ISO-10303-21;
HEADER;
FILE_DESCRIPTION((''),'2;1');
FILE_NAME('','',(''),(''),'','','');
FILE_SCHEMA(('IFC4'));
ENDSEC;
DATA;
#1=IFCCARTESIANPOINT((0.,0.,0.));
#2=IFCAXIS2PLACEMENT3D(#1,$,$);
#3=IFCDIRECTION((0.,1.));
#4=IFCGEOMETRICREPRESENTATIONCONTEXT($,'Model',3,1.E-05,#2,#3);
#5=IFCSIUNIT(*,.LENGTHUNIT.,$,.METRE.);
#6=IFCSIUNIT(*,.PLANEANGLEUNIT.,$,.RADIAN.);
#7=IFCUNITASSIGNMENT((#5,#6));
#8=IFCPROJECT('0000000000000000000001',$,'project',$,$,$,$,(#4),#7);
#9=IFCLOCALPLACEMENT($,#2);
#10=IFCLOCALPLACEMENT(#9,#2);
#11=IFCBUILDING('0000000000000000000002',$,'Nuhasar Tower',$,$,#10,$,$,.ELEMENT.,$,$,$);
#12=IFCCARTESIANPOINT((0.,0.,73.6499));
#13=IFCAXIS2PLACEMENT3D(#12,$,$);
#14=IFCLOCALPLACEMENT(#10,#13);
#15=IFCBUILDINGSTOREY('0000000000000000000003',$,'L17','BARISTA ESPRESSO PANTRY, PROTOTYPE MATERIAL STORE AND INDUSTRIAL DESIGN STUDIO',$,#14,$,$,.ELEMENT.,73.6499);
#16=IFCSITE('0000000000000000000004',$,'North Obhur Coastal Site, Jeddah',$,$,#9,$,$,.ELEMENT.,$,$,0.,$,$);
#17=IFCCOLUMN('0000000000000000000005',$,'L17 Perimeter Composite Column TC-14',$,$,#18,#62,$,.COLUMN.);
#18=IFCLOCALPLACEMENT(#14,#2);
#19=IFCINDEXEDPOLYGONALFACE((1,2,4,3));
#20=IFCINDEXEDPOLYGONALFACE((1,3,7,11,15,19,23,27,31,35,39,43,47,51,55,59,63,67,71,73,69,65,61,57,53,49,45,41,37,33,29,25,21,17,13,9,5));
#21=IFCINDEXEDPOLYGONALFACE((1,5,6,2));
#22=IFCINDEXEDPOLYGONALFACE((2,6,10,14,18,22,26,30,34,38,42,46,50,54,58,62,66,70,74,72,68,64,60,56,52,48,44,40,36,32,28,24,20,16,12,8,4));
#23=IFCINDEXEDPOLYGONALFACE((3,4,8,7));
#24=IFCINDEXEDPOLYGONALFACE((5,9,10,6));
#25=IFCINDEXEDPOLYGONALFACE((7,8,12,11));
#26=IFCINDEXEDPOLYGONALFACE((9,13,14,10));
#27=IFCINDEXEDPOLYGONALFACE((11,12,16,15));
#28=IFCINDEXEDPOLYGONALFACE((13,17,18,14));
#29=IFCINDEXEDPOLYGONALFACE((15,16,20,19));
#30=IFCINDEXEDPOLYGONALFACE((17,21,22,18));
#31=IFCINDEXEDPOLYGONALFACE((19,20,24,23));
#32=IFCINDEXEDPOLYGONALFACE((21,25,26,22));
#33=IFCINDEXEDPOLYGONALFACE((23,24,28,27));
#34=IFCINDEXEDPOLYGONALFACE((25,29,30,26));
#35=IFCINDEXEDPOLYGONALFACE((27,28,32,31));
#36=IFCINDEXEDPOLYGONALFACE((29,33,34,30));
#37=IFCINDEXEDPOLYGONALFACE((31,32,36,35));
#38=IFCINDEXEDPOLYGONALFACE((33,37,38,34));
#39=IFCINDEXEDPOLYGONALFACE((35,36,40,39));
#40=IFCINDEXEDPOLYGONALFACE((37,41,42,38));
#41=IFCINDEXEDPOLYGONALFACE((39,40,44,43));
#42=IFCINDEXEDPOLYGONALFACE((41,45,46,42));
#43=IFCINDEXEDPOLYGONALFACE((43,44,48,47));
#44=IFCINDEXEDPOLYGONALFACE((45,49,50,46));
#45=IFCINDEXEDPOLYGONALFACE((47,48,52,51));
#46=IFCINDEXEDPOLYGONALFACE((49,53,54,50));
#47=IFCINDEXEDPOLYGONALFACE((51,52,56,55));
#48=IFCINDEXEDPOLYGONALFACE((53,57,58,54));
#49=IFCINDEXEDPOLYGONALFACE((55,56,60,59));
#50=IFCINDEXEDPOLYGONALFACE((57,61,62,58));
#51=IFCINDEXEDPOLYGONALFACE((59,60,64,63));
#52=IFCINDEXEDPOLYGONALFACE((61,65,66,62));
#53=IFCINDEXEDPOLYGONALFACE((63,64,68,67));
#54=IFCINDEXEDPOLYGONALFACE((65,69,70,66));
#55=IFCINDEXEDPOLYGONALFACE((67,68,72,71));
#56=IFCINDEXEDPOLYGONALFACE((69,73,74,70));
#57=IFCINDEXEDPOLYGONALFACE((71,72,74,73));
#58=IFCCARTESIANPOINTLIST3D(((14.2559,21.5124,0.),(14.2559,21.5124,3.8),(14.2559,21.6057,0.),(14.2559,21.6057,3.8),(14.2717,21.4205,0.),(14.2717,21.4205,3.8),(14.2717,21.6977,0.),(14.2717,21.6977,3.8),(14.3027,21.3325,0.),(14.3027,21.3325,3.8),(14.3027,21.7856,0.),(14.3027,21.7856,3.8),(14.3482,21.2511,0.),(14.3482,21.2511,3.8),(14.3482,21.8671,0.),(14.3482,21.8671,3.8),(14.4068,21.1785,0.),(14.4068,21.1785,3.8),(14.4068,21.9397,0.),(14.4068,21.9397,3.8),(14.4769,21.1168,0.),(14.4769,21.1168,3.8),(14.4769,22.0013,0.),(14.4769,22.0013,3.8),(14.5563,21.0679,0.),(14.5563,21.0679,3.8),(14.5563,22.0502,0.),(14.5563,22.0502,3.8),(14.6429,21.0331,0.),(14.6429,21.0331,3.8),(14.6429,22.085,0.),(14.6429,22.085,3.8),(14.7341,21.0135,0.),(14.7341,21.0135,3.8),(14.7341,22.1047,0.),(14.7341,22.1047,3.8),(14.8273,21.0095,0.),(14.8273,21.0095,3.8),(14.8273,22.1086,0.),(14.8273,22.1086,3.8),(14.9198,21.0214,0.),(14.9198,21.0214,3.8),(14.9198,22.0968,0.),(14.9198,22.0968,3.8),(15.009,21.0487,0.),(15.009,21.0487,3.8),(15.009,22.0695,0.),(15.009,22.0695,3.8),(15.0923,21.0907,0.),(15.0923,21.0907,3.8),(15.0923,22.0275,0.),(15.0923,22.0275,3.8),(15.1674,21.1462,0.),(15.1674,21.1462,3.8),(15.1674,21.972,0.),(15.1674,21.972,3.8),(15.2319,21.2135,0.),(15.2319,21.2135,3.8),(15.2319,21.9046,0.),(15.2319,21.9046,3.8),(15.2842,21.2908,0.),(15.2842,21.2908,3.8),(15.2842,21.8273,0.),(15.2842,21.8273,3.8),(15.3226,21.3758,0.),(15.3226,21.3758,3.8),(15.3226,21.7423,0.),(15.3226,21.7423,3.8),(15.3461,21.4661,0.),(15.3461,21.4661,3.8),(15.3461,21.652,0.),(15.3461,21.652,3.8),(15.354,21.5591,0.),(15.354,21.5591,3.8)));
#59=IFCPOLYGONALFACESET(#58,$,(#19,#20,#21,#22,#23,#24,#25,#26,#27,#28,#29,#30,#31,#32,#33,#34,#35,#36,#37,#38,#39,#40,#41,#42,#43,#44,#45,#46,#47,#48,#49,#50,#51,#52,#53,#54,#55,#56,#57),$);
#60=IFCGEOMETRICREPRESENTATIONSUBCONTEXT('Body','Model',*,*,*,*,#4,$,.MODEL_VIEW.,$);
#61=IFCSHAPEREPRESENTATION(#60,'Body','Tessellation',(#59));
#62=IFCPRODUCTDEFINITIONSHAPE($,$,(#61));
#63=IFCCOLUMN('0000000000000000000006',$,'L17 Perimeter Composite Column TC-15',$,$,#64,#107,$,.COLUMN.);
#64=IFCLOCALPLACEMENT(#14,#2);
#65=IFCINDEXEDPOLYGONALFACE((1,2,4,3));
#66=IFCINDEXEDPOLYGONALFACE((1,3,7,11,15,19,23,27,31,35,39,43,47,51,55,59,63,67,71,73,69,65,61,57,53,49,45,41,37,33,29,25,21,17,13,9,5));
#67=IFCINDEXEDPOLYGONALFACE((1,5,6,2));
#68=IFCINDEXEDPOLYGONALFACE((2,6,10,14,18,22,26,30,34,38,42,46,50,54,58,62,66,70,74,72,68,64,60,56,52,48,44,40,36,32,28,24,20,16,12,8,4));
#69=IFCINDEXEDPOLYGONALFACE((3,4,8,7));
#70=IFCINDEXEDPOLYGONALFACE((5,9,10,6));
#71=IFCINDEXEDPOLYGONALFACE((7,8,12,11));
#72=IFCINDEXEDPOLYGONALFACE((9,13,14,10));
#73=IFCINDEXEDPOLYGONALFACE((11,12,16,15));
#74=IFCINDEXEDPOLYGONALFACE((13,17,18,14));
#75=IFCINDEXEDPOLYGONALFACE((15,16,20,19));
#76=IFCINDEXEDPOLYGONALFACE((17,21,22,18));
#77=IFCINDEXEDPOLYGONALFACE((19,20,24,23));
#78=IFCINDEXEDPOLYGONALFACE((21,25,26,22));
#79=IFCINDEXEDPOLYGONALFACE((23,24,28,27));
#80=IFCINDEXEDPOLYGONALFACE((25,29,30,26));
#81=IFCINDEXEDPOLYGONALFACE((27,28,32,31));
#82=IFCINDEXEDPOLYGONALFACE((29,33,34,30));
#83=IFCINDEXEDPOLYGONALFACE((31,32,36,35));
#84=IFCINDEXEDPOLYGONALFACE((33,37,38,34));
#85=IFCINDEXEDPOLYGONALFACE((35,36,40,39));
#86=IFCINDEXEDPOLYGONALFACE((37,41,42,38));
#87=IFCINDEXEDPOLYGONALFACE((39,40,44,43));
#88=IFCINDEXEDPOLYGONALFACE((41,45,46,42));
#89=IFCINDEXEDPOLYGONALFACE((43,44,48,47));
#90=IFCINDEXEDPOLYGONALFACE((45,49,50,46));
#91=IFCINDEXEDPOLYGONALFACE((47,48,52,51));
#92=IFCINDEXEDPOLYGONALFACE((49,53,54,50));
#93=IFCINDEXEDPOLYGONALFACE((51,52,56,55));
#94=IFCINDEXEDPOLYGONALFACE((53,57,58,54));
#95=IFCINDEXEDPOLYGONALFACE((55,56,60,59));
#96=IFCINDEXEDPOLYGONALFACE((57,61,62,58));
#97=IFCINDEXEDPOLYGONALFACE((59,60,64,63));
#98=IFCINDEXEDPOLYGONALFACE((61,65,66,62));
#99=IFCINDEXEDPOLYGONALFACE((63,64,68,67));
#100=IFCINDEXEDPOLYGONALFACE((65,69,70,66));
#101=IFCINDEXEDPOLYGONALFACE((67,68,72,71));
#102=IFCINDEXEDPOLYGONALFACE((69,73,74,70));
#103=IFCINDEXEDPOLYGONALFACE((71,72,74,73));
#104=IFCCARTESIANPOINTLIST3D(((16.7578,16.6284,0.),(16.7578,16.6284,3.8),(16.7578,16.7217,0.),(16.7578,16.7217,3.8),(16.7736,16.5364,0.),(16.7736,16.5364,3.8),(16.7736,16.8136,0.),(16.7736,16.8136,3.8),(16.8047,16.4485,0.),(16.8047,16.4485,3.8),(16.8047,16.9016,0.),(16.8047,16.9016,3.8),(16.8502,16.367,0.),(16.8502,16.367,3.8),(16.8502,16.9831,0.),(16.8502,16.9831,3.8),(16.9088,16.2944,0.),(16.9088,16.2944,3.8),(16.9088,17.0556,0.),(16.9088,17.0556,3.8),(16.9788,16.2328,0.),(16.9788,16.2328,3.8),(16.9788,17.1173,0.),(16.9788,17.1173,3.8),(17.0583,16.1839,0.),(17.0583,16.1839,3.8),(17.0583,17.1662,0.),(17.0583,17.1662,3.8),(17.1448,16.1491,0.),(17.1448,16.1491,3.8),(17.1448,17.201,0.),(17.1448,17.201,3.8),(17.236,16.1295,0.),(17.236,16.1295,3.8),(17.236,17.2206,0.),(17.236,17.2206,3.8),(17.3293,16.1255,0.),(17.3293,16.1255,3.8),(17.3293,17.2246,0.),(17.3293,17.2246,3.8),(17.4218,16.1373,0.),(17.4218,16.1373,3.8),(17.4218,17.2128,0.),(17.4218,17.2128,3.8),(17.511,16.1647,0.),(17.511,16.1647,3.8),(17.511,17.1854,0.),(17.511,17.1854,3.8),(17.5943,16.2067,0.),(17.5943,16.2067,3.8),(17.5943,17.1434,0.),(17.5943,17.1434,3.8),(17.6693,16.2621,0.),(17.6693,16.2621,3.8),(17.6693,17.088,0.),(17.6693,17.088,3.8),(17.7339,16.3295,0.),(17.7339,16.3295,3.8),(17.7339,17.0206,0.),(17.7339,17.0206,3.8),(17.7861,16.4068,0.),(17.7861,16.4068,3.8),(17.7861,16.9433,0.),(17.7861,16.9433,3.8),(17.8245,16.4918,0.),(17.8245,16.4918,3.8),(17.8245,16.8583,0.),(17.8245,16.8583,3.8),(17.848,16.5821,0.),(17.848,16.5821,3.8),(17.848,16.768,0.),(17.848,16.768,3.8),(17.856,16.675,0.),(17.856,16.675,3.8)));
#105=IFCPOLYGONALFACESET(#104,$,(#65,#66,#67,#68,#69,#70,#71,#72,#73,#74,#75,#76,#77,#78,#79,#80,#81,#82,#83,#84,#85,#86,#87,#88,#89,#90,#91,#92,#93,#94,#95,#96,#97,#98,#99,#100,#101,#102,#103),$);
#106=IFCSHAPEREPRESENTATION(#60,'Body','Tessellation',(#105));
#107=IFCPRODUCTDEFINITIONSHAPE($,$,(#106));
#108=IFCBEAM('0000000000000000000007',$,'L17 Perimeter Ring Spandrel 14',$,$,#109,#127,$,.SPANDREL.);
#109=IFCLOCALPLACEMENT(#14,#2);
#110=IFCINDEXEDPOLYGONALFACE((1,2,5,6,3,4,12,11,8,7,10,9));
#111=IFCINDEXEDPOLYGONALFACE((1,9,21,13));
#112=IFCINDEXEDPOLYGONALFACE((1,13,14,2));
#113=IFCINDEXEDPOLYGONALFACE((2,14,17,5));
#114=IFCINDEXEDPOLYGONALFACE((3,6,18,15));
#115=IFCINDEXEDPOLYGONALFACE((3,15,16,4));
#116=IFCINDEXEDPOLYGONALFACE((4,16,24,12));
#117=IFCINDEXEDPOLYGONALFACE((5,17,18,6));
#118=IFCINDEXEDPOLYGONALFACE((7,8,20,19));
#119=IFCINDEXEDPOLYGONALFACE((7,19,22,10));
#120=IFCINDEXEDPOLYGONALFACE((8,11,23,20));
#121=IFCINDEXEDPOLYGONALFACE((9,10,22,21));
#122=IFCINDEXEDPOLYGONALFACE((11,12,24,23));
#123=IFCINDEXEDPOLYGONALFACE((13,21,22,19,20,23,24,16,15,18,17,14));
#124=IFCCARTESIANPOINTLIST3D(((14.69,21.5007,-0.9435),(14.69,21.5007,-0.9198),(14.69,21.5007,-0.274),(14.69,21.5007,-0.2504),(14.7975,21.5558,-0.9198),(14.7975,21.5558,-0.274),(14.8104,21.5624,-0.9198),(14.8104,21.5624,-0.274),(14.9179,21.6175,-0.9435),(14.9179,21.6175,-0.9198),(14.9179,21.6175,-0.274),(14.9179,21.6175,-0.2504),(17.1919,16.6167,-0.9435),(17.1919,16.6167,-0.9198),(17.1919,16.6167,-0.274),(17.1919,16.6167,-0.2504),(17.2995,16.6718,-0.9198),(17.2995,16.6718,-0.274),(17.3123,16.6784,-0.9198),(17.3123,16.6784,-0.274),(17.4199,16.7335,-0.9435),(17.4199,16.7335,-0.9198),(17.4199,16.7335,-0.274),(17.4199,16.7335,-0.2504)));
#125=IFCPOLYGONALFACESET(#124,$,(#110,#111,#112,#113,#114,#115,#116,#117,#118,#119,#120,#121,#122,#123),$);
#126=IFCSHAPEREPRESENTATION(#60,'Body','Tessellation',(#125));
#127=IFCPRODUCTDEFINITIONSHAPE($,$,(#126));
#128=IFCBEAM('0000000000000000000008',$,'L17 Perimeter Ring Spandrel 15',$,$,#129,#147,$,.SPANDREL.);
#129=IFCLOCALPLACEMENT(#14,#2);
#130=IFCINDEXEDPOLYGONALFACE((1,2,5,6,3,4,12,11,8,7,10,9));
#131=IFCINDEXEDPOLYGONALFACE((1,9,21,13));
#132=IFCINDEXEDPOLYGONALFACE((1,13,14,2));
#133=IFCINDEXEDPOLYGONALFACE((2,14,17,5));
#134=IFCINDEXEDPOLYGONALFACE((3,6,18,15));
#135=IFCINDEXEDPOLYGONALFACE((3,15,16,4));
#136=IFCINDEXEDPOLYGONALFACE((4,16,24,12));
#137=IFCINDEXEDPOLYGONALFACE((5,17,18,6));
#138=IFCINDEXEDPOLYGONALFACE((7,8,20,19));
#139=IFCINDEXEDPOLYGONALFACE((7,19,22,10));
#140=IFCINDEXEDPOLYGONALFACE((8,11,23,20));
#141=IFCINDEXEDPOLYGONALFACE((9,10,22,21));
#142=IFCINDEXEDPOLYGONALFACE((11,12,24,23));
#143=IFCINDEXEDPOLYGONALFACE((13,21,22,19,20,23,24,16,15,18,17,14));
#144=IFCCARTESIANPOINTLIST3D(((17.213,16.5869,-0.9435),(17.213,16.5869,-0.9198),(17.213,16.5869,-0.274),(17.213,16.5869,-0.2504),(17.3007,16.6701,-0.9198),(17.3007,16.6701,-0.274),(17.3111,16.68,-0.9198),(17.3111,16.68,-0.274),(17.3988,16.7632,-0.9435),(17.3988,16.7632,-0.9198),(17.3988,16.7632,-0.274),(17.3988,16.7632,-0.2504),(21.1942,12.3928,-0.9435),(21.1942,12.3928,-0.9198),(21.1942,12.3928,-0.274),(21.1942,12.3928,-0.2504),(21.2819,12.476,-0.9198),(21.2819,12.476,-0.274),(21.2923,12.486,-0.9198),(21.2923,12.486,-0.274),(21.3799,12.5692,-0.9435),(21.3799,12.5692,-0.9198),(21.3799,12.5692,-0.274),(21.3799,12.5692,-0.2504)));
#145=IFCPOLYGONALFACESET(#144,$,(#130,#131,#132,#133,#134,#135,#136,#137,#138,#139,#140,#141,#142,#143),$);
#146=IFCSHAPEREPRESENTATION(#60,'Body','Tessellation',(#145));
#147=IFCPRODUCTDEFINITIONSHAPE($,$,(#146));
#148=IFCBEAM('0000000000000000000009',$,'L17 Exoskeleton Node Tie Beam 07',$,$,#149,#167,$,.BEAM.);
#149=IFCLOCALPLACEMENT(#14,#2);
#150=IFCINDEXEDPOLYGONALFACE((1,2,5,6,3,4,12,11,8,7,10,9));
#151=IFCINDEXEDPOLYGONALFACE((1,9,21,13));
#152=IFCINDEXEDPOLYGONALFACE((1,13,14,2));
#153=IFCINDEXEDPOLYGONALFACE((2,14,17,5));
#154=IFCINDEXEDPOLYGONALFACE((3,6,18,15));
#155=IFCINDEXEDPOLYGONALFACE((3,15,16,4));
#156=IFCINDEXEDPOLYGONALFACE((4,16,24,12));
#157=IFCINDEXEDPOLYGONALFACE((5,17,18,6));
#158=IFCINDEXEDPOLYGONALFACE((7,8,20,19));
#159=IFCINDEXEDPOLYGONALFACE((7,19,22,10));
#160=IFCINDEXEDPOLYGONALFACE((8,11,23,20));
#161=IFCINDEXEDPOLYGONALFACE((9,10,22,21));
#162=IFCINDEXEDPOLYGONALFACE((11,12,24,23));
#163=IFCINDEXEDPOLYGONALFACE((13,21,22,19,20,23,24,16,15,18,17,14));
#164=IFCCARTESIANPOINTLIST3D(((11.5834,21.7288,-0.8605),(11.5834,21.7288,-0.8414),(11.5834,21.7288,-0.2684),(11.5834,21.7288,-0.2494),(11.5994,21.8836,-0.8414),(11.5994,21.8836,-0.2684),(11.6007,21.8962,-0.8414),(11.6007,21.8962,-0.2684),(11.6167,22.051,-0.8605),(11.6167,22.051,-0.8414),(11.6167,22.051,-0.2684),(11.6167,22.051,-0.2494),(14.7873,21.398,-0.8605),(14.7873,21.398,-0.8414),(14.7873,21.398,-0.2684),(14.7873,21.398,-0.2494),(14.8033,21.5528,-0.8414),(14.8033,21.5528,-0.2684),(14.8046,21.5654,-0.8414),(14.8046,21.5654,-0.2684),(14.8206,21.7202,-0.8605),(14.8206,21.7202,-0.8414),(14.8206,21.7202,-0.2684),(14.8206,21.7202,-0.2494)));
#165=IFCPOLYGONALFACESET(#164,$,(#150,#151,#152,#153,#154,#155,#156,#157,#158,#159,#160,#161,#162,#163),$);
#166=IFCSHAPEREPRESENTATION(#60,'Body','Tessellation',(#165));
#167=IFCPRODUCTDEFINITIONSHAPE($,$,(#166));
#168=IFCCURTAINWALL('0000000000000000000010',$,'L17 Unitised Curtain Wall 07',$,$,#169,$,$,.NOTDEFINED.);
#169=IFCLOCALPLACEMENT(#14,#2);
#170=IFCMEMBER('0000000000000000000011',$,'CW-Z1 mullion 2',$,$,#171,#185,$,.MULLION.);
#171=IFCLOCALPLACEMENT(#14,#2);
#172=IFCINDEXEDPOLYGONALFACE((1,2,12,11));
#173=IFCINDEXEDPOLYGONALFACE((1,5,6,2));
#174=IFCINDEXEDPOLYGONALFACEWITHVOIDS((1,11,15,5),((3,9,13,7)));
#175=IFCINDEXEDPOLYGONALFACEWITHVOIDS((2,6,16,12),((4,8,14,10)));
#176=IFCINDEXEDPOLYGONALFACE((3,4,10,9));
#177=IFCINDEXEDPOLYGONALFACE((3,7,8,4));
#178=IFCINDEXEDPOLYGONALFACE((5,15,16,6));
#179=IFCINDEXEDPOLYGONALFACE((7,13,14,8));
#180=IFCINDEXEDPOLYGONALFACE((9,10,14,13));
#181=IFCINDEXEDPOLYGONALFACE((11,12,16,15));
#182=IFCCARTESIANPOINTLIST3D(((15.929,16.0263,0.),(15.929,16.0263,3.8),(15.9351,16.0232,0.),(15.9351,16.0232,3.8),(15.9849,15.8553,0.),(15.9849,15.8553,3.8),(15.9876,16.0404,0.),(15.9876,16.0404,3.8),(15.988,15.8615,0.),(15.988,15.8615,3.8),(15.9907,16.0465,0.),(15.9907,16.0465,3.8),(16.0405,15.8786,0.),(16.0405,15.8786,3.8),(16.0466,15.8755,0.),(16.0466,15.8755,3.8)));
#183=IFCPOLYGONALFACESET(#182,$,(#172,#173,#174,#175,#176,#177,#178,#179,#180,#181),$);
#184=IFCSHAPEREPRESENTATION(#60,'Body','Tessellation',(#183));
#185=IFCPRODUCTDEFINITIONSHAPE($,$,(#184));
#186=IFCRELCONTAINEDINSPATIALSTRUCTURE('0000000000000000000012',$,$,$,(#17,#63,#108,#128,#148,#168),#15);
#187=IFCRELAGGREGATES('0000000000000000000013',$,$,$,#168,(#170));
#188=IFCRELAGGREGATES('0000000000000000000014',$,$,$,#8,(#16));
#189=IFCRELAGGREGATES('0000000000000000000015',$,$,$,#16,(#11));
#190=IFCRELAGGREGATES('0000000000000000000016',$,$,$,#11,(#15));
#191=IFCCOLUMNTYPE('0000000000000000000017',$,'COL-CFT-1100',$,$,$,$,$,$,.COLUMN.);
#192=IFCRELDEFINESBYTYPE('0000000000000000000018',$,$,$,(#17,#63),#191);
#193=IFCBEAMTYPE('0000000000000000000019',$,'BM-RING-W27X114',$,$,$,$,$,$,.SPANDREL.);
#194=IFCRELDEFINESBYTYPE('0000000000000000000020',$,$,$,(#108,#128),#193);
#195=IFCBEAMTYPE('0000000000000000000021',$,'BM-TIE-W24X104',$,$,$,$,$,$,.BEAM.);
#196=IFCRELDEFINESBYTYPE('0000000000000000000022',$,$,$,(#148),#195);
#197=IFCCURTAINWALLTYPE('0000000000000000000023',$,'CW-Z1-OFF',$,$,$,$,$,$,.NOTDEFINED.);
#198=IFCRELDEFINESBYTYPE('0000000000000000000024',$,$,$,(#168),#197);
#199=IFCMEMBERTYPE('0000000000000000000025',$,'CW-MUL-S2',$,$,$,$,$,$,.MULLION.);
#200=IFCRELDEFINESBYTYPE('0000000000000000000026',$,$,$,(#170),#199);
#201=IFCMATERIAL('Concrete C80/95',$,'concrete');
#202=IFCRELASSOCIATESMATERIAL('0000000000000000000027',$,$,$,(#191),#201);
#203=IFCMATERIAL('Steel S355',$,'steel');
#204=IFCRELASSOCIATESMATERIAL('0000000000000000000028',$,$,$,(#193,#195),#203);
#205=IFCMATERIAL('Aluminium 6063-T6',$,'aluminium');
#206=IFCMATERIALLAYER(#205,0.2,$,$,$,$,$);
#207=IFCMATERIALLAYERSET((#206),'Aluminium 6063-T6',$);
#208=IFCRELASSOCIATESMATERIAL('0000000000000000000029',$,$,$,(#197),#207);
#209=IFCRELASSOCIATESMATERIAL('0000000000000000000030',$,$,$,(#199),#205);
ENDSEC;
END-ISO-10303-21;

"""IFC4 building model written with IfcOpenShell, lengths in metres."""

from ifc_helpers import new_model, si_unit, direction, frame, origin, origin_2d, place, context, subcontext, project, spatial, hollow_rectangle, circle, i_section, extrude, material, layer, layer_set, material_profile, profile_set, type_object, element, aggregate, save


model = new_model("IFC4")

# Units and contexts
model_context = context("Model", 3, precision=1e-05, world=origin(), true_north=direction((0.0, 1.0)))
body_context = subcontext(model_context, "Body", "Model", "MODEL_VIEW")
ifc_project = project(units=[si_unit("LENGTHUNIT", "METRE"), si_unit("PLANEANGLEUNIT", "RADIAN")], contexts=[model_context])

# Site, building, storey
site_placement = place(None, origin())
site = spatial("IfcSite", under=ifc_project, at=site_placement, Name="North Obhur Coastal Site, Jeddah", CompositionType="ELEMENT", RefElevation=0.0)
building_placement = place(site_placement, origin())
building = spatial("IfcBuilding", under=site, at=building_placement, Name="Nuhasar Tower", CompositionType="ELEMENT")
storey_placement = place(building_placement, frame((0.0, 0.0, 73.6499)))
storey = spatial("IfcBuildingStorey", under=building, at=storey_placement, Name="L17", Description="BARISTA ESPRESSO PANTRY, PROTOTYPE MATERIAL STORE AND INDUSTRIAL DESIGN STUDIO", CompositionType="ELEMENT", Elevation=73.6499)

# Columns
ifc_material_1 = material(Name="Concrete C80/95", Category="concrete")
ifc_material_profile_1 = material_profile(ifc_material_1, circle(Radius=0.55, at=origin_2d()), Name="CFT1100")
ifc_profile_set_1 = profile_set([ifc_material_profile_1], Name="Concrete C80/95")
column_type = type_object("IfcColumnType", Name="COL-CFT-1100", PredefinedType="COLUMN", material=ifc_profile_set_1)
for number, where, z_axis, x_axis, name in (
    (1, (14.804, 21.5591, 0.0), (0.0, 0.0, 1.0), (1.0, 0.0, 0.0), "L17 Perimeter Composite Column TC-14"),
    (2, (17.3059, 16.675, 0.0), (0.0, 0.0, 1.0), (1.0, 0.0, 0.0), "L17 Perimeter Composite Column TC-15"),
):
    element("IfcColumn", number, at=place(storey_placement, frame(where, z_axis=z_axis, x_axis=x_axis)), inside=storey, type_object=column_type, Name=name, PredefinedType="COLUMN", context=body_context, shape_type="SweptSolid", body=[
        extrude(circle(Radius=0.55, at=origin_2d()), origin(), (0.0, 0.0, 1.0), 3.8),
    ])

# Beams
ifc_material_2 = material(Name="Steel S355", Category="steel")
ifc_material_profile_2 = material_profile(ifc_material_2, i_section(OverallWidth=0.2561, OverallDepth=0.6931, WebThickness=0.0144, FlangeThickness=0.0237, at=origin_2d()), Name="W27X114")
ifc_profile_set_2 = profile_set([ifc_material_profile_2], Name="Steel S355")
beam_type_1 = type_object("IfcBeamType", Name="BM-RING-W27X114", PredefinedType="SPANDREL", material=ifc_profile_set_2)
beam_1_placement = place(storey_placement, frame((14.804, 21.5591, -0.5969), z_axis=(0.45593, -0.890016, 0.0), x_axis=(0.890016, 0.45593, 0.0)))
element("IfcBeam", 3, at=beam_1_placement, inside=storey, type_object=beam_type_1, Name="L17 Perimeter Ring Spandrel 14", PredefinedType="SPANDREL", context=body_context, shape_type="SweptSolid", body=[
    extrude(i_section(OverallWidth=0.2561, OverallDepth=0.6931, WebThickness=0.0144, FlangeThickness=0.0237, at=origin_2d()), origin(), (0.0, 0.0, 1.0), 5.4875),
])
beam_2_placement = place(storey_placement, frame((17.3059, 16.675, -0.5969), z_axis=(0.68846, -0.725274, 0.0), x_axis=(0.725274, 0.68846, 0.0)))
element("IfcBeam", 4, at=beam_2_placement, inside=storey, type_object=beam_type_1, Name="L17 Perimeter Ring Spandrel 15", PredefinedType="SPANDREL", context=body_context, shape_type="SweptSolid", body=[
    extrude(i_section(OverallWidth=0.2561, OverallDepth=0.6931, WebThickness=0.0144, FlangeThickness=0.0237, at=origin_2d()), origin(), (0.0, 0.0, 1.0), 5.7827),
])
ifc_material_profile_3 = material_profile(ifc_material_2, i_section(OverallWidth=0.324, OverallDepth=0.6111, WebThickness=0.0127, FlangeThickness=0.019, at=origin_2d()), Name="W24X104")
ifc_profile_set_3 = profile_set([ifc_material_profile_3], Name="Steel S355")
beam_type_2 = type_object("IfcBeamType", Name="BM-TIE-W24X104", PredefinedType="BEAM", material=ifc_profile_set_3)
beam_3_placement = place(storey_placement, frame((14.804, 21.5591, -0.5549), z_axis=(-0.994712, 0.102708, 0.0), x_axis=(-0.102708, -0.994712, 0.0)))
element("IfcBeam", 5, at=beam_3_placement, inside=storey, type_object=beam_type_2, Name="L17 Exoskeleton Node Tie Beam 07", PredefinedType="BEAM", context=body_context, shape_type="SweptSolid", body=[
    extrude(i_section(OverallWidth=0.324, OverallDepth=0.6111, WebThickness=0.0127, FlangeThickness=0.019, at=origin_2d()), origin(), (0.0, 0.0, 1.0), 3.2209),
])

# Curtain wall, member
ifc_material_3 = material(Name="Aluminium 6063-T6", Category="aluminium")
ifc_layer_1 = layer(ifc_material_3, 0.2)
ifc_layer_set_1 = layer_set([ifc_layer_1], Name="Aluminium 6063-T6")
curtain_wall_type = type_object("IfcCurtainWallType", Name="CW-Z1-OFF", PredefinedType="NOTDEFINED", material=ifc_layer_set_1)
curtain_wall_1_placement = place(storey_placement, origin())
curtain_wall_1 = element("IfcCurtainWall", 6, at=curtain_wall_1_placement, inside=storey, type_object=curtain_wall_type, Name="L17 Unitised Curtain Wall 07", PredefinedType="NOTDEFINED")
ifc_material_profile_4 = material_profile(ifc_material_3, hollow_rectangle(XDim=0.0649, YDim=0.1799, WallThickness=0.0049, at=origin_2d()), Name="CWM-2")
ifc_profile_set_4 = profile_set([ifc_material_profile_4], Name="Aluminium 6063-T6")
member_type_1 = type_object("IfcMemberType", Name="CW-MUL-S2", PredefinedType="MULLION", material=ifc_profile_set_4)
member_1_placement = place(storey_placement, frame((15.9878, 15.9509, 0.0), z_axis=(0.0, 0.0, 1.0), x_axis=(0.950468, 0.310824, 0.0)))
member_1 = element("IfcMember", 7, at=member_1_placement, type_object=member_type_1, Name="CW-Z1 mullion 2", PredefinedType="MULLION", context=body_context, shape_type="SweptSolid", body=[
    extrude(hollow_rectangle(XDim=0.0649, YDim=0.1799, WallThickness=0.0049, at=origin_2d()), origin(), (0.0, 0.0, 1.0), 3.8),
])

aggregate(curtain_wall_1, [member_1])

save(model, "model.ifc")
